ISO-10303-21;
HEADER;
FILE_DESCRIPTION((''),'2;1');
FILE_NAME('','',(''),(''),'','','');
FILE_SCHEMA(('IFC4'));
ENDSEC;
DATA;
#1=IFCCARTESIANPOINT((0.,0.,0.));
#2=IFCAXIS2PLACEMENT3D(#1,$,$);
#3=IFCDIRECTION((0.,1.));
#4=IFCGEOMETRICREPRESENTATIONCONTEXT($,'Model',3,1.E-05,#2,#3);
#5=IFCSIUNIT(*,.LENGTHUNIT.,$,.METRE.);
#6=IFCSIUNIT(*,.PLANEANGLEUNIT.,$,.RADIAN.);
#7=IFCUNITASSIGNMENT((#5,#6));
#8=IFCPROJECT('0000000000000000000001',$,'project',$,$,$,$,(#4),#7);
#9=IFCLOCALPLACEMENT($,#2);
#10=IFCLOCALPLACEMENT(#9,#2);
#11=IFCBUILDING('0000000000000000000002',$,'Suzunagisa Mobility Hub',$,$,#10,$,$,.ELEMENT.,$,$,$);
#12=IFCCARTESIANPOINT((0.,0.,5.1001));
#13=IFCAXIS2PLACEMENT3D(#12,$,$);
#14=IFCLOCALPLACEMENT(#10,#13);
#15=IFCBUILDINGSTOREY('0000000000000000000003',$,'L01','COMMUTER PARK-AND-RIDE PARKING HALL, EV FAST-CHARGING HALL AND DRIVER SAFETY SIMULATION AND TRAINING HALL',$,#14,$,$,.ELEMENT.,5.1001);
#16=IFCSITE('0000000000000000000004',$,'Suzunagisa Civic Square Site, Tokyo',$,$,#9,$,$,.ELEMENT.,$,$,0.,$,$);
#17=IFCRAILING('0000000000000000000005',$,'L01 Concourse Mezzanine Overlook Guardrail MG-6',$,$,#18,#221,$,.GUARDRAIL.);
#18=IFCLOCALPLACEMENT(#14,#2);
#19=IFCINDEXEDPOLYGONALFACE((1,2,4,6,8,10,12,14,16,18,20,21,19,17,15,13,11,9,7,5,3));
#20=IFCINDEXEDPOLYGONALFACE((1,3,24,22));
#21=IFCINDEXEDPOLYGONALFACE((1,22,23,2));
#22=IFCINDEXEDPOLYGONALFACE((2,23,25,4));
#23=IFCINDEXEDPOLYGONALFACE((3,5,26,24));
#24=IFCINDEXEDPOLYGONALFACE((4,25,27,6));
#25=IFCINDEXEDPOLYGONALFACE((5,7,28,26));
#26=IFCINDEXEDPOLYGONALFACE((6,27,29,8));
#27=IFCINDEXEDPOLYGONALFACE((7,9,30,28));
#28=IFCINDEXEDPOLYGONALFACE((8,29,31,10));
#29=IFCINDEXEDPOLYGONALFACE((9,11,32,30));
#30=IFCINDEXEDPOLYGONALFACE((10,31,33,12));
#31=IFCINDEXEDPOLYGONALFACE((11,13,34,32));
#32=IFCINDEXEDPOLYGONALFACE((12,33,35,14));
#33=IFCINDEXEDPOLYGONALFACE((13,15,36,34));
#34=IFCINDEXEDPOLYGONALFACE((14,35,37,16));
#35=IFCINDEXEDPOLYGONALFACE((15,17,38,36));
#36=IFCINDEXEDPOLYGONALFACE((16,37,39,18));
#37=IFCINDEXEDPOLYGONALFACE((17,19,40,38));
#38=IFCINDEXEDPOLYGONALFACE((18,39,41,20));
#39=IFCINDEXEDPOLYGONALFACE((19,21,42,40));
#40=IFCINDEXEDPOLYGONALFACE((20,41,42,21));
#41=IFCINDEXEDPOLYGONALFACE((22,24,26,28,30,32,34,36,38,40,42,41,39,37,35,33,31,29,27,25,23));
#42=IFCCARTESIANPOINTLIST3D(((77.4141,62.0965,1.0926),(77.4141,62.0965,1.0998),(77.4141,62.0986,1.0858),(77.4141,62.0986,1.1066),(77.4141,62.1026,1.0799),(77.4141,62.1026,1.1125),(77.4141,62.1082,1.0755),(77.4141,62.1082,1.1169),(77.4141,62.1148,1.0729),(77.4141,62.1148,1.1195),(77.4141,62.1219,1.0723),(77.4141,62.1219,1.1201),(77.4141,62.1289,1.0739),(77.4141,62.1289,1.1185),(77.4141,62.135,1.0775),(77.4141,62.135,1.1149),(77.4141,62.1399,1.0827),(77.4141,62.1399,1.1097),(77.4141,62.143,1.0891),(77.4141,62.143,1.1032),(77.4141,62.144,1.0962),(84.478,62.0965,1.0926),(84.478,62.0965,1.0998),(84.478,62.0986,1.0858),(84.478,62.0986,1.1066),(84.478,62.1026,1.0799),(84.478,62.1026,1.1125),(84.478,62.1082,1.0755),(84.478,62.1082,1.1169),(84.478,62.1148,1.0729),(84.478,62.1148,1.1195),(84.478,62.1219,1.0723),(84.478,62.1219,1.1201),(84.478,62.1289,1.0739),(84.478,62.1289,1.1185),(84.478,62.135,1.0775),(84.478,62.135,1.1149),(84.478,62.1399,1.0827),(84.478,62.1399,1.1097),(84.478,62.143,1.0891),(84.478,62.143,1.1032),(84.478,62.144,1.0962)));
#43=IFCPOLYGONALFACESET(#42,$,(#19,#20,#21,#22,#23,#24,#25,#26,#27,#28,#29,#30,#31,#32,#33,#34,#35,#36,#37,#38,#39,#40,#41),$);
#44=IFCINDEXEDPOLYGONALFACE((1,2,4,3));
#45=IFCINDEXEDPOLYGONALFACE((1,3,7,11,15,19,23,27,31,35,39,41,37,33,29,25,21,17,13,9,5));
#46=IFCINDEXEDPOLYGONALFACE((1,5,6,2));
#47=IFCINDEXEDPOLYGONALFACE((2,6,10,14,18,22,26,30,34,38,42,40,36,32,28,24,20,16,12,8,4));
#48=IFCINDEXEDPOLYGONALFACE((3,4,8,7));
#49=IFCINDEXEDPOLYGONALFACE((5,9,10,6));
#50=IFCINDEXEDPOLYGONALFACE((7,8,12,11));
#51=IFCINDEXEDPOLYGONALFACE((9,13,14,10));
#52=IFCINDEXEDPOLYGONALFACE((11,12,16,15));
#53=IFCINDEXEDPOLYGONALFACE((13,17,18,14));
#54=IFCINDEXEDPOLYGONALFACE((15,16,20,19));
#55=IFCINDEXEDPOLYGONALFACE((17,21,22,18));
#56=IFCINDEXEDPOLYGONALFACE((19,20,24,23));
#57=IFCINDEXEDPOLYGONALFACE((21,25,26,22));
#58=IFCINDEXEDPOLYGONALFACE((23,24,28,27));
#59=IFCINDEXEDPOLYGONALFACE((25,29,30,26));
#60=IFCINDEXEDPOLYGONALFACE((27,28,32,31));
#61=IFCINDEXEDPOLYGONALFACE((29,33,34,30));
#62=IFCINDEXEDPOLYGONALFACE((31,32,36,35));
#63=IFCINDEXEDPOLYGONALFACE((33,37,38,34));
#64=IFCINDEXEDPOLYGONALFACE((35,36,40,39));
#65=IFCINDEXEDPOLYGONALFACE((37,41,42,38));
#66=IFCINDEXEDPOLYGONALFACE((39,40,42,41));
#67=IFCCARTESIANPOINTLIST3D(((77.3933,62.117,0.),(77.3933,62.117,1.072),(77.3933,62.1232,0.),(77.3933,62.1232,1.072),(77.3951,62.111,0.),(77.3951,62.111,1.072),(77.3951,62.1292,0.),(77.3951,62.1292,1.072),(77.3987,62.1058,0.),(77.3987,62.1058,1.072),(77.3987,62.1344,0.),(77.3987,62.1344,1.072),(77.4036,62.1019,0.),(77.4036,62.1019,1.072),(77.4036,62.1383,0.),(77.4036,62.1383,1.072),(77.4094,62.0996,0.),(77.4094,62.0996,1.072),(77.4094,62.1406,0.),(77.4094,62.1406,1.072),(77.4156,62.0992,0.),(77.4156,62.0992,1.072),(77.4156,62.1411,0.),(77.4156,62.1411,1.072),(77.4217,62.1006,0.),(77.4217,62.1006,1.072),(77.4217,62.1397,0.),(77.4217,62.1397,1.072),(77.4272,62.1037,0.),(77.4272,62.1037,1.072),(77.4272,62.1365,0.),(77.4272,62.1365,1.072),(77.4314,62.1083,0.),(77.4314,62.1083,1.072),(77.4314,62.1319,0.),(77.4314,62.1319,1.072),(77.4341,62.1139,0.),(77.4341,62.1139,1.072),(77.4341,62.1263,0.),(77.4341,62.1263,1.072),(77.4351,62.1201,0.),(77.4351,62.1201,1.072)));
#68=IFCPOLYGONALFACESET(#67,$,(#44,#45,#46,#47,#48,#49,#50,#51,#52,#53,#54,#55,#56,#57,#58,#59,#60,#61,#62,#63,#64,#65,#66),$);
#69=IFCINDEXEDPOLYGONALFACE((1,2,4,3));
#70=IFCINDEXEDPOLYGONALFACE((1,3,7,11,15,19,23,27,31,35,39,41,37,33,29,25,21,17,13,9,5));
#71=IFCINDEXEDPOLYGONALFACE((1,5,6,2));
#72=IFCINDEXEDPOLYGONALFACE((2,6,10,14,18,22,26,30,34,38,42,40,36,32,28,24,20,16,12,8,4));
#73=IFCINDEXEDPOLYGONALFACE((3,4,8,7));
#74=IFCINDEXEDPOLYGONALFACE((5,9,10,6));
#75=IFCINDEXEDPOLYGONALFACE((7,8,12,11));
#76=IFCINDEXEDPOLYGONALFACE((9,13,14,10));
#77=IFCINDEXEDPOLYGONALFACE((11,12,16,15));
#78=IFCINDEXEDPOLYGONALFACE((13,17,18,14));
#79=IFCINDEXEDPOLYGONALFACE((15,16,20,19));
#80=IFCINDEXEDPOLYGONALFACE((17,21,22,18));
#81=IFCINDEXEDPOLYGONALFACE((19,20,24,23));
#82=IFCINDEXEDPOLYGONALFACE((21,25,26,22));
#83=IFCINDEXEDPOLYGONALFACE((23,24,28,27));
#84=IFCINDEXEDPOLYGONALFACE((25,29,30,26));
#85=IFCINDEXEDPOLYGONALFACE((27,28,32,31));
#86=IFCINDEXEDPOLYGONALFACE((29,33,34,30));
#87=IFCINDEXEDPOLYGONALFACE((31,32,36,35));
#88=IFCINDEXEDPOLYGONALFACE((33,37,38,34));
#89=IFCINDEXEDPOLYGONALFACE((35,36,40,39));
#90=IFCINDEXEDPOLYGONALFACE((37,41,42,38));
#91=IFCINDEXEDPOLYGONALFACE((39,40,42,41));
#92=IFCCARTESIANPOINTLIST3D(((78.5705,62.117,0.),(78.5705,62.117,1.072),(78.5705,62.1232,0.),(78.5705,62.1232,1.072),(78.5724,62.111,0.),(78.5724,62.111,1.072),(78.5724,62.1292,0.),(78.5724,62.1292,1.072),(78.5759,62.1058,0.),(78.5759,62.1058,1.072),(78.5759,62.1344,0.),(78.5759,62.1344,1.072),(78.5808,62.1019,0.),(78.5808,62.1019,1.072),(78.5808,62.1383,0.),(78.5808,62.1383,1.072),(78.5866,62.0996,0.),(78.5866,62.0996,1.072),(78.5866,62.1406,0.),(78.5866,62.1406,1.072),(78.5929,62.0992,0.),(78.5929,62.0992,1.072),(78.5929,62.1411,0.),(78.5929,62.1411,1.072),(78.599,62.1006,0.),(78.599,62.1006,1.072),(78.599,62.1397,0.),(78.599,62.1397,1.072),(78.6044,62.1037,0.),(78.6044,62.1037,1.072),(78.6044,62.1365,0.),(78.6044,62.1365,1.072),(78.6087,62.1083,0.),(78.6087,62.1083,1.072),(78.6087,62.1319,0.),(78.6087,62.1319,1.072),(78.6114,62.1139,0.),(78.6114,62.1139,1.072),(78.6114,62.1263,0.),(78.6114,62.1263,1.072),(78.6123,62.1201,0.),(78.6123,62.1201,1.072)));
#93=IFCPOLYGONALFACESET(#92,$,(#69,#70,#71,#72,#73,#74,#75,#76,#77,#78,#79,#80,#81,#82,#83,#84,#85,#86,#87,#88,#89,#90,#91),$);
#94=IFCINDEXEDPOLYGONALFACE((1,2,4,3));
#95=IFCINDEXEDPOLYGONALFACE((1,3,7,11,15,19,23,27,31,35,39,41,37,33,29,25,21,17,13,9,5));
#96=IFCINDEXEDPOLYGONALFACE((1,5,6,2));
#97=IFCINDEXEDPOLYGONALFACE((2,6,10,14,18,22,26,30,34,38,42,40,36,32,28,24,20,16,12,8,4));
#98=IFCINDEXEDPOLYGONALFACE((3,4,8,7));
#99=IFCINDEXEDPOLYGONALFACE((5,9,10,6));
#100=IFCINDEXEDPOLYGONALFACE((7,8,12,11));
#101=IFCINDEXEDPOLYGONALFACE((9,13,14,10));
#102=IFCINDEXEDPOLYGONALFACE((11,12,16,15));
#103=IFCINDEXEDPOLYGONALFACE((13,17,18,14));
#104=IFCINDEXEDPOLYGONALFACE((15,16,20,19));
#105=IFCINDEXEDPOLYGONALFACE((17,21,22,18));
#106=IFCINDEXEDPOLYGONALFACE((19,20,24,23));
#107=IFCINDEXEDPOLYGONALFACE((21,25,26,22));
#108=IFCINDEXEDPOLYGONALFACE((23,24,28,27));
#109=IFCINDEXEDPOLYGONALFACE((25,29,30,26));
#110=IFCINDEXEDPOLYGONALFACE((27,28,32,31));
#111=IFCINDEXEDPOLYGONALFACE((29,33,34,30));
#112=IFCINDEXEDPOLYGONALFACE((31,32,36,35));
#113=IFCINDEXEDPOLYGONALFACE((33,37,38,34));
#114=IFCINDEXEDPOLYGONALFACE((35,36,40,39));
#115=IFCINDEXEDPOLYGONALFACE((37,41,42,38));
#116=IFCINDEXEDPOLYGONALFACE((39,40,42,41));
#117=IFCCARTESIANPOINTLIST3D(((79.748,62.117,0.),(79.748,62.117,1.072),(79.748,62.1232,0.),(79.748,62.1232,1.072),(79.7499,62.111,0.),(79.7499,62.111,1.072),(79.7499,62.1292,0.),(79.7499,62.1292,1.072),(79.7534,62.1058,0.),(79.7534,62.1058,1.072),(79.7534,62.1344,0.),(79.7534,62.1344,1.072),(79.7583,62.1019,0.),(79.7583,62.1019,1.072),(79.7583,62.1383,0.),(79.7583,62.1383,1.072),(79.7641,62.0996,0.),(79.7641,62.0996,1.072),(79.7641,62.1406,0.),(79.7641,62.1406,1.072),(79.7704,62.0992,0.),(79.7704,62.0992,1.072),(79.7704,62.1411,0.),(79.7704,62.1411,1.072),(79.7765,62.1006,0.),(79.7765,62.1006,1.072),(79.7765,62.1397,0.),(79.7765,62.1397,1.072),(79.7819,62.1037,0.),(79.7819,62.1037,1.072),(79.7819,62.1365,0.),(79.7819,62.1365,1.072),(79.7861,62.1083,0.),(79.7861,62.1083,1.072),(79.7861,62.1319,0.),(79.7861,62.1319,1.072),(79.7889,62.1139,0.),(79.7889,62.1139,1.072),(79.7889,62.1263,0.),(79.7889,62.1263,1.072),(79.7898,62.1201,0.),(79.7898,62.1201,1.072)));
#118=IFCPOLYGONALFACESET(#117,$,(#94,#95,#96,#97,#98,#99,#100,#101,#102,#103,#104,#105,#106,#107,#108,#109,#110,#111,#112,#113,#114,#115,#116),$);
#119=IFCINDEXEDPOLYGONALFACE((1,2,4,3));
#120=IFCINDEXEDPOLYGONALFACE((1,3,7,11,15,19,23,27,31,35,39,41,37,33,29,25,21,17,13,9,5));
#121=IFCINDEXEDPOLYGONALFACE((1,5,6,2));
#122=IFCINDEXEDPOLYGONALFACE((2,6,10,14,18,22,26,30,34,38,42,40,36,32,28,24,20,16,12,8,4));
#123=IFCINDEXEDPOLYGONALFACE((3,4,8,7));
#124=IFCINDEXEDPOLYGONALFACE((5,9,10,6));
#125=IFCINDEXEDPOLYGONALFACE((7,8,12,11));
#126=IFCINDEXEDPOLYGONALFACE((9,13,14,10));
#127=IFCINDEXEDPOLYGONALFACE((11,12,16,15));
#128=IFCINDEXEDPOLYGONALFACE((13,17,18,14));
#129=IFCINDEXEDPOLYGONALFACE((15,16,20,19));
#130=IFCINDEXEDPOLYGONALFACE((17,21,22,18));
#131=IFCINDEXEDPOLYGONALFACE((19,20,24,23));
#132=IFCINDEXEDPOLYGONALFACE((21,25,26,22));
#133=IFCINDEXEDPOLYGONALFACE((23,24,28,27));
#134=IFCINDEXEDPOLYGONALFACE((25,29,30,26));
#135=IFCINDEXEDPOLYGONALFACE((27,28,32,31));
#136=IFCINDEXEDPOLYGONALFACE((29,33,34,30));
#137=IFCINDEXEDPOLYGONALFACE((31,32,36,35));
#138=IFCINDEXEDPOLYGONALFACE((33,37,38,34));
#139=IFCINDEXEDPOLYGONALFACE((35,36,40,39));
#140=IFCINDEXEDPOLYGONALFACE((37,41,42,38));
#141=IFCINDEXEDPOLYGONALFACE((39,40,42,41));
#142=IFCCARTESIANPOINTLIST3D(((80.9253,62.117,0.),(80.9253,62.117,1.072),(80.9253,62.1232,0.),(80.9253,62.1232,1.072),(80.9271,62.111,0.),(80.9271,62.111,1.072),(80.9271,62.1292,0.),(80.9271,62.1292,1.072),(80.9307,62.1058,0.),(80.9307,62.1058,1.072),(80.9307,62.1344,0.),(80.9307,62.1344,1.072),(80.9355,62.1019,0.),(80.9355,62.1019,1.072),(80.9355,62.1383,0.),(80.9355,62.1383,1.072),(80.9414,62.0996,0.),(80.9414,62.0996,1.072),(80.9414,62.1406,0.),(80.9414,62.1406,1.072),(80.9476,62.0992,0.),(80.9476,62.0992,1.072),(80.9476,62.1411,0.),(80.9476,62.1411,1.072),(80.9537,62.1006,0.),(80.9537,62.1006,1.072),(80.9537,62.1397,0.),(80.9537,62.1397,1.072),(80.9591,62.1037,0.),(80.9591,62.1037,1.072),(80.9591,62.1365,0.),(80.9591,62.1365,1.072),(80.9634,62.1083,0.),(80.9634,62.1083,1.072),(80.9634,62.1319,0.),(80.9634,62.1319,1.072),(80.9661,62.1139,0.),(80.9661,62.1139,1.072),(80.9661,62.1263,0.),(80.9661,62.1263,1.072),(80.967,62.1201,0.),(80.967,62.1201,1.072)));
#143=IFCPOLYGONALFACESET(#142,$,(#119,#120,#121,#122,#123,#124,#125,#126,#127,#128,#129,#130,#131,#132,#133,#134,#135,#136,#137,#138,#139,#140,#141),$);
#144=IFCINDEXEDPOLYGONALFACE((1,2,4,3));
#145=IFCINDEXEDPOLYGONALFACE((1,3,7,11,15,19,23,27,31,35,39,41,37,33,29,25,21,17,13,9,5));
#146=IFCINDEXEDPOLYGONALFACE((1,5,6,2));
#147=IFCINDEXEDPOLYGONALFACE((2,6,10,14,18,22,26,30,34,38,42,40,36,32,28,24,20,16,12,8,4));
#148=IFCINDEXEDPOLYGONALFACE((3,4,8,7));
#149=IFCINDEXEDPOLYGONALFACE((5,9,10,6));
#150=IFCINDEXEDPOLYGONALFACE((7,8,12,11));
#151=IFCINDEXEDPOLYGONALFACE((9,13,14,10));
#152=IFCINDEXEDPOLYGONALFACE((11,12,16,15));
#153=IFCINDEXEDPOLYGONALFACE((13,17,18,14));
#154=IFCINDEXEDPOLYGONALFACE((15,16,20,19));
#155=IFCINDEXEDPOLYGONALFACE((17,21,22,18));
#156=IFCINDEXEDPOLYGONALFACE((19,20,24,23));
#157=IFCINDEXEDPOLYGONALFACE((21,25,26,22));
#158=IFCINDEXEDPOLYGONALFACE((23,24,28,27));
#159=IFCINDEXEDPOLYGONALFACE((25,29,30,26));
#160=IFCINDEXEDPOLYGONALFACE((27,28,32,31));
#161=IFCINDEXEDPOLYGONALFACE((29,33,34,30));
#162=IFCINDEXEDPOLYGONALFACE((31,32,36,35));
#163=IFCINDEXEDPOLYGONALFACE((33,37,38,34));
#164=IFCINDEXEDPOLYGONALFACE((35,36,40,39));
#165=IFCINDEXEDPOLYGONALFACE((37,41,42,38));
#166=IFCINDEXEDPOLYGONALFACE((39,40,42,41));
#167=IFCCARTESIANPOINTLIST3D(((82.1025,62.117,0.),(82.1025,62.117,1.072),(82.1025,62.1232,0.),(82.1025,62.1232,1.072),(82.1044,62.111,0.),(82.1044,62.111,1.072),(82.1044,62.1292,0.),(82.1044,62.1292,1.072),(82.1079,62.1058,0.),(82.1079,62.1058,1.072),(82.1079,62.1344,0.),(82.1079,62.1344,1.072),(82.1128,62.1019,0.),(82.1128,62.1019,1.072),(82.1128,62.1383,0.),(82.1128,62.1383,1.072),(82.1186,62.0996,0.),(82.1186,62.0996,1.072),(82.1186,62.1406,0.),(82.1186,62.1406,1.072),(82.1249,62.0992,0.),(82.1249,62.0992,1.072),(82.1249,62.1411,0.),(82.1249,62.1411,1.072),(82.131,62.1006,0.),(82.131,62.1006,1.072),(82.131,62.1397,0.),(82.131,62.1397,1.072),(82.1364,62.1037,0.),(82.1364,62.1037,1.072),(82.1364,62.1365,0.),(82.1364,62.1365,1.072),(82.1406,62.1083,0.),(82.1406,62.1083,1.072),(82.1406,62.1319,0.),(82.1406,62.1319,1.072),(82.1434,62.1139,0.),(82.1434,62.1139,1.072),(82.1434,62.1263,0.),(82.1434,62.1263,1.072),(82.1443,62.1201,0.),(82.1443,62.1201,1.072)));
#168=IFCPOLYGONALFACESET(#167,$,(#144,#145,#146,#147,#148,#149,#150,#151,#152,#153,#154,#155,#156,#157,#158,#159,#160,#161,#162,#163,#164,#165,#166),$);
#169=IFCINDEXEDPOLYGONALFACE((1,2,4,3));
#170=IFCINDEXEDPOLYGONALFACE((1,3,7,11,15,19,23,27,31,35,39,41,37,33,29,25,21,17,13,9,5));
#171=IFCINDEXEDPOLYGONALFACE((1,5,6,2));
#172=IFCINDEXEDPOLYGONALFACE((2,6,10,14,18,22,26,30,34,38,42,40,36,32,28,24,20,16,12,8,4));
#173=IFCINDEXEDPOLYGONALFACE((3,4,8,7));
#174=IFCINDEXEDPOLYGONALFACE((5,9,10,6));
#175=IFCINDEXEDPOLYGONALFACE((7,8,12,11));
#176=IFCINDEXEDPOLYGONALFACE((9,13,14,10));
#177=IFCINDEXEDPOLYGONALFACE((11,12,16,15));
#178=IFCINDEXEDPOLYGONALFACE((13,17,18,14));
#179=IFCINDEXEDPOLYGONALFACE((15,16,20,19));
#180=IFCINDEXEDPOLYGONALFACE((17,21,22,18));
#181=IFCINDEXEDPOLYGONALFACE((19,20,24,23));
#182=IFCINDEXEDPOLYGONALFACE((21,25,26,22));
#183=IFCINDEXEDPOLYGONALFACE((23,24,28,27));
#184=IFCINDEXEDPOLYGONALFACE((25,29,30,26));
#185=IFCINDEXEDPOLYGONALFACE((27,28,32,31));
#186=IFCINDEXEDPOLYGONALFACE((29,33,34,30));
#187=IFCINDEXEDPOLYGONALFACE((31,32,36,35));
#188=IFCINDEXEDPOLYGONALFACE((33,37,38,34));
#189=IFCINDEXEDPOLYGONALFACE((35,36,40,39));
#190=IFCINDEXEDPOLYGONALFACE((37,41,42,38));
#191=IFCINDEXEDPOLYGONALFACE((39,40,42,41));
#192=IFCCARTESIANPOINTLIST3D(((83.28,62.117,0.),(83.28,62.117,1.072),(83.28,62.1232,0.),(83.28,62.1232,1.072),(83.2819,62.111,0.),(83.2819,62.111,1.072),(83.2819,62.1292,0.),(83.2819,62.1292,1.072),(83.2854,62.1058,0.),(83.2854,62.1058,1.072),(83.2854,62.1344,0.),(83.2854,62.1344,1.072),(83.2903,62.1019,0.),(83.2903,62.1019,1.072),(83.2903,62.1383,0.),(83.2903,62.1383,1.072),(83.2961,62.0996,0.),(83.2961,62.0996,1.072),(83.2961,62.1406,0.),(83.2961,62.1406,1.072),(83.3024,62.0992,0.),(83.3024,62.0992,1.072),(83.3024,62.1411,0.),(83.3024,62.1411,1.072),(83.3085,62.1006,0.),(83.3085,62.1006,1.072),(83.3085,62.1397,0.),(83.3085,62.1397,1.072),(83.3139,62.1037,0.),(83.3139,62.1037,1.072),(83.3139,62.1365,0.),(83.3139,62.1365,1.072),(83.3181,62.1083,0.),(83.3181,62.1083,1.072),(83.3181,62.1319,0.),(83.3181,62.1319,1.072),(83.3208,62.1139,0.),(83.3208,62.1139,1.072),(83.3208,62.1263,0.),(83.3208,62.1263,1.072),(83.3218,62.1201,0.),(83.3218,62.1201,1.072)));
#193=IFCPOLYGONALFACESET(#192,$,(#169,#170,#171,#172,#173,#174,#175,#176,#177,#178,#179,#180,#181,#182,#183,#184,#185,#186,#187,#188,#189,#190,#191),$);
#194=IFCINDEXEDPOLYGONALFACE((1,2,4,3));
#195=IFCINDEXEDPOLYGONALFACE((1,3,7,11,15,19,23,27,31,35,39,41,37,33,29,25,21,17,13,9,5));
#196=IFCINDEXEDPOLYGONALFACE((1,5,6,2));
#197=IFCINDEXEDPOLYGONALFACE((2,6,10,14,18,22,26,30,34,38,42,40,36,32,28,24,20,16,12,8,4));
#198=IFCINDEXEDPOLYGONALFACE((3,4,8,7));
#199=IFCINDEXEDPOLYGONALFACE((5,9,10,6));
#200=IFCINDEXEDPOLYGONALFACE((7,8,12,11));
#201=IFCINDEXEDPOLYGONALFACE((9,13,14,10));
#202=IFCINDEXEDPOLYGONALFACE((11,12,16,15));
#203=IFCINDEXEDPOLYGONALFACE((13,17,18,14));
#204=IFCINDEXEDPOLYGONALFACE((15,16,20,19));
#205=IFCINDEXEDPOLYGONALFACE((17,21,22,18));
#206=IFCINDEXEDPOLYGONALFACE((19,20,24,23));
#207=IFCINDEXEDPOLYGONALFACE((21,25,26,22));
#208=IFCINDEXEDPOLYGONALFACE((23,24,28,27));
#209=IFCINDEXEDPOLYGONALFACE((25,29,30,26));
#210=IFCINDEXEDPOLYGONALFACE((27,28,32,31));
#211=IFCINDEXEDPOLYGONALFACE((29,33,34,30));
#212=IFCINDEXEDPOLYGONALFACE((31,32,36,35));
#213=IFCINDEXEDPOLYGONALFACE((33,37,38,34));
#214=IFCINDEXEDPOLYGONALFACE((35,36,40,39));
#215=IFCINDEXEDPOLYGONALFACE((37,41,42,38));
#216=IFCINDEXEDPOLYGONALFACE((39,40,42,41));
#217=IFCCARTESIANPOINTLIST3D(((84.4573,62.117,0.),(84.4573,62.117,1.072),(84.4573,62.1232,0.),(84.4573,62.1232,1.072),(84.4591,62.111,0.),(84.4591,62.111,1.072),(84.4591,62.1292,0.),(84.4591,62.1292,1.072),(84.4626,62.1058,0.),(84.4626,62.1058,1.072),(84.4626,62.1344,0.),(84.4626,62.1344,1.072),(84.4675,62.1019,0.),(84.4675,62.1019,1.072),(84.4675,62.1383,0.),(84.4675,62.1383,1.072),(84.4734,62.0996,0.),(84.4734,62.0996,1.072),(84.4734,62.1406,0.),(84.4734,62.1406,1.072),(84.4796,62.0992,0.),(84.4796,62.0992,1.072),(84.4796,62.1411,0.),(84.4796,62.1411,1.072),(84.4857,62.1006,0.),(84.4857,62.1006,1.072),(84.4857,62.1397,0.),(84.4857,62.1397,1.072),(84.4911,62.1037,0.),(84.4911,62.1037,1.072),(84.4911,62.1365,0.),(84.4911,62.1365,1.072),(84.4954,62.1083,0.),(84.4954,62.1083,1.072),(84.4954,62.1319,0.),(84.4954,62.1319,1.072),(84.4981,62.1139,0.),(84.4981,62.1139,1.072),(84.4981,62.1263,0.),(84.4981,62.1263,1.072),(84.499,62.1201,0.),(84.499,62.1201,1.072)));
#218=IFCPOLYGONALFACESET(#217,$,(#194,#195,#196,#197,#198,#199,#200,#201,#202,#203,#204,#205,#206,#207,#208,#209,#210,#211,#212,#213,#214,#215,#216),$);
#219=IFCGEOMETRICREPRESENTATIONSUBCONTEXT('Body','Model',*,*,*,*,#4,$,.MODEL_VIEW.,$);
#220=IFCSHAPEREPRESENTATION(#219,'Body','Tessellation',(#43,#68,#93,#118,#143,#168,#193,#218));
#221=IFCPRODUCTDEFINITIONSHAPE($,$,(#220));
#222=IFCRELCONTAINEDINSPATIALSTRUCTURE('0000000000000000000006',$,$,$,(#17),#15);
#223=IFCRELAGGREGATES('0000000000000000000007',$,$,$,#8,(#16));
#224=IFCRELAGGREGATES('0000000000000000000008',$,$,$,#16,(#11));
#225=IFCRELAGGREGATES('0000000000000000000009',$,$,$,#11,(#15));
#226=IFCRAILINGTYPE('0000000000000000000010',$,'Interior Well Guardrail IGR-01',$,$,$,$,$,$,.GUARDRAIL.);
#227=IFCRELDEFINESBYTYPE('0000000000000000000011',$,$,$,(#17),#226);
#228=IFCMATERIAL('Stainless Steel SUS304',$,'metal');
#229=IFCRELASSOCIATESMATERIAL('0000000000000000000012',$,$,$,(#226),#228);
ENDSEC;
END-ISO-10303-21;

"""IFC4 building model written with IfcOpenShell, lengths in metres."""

from ifc_helpers import new_model, si_unit, direction, frame, origin, origin_2d, place, context, subcontext, project, spatial, circle, extrude, material, type_object, element, save


model = new_model("IFC4")

# Units and contexts
model_context = context("Model", 3, precision=1e-05, world=origin(), true_north=direction((0.0, 1.0)))
body_context = subcontext(model_context, "Body", "Model", "MODEL_VIEW")
ifc_project = project(units=[si_unit("LENGTHUNIT", "METRE"), si_unit("PLANEANGLEUNIT", "RADIAN")], contexts=[model_context])

# Site, building, storey
site_placement = place(None, origin())
site = spatial("IfcSite", under=ifc_project, at=site_placement, Name="Suzunagisa Civic Square Site, Tokyo", CompositionType="ELEMENT", RefElevation=0.0)
building_placement = place(site_placement, origin())
building = spatial("IfcBuilding", under=site, at=building_placement, Name="Suzunagisa Mobility Hub", CompositionType="ELEMENT")
storey_placement = place(building_placement, frame((0.0, 0.0, 5.1001)))
storey = spatial("IfcBuildingStorey", under=building, at=storey_placement, Name="L01", Description="COMMUTER PARK-AND-RIDE PARKING HALL, EV FAST-CHARGING HALL AND DRIVER SAFETY SIMULATION AND TRAINING HALL", CompositionType="ELEMENT", Elevation=5.1001)

# Railing
ifc_material_1 = material(Name="Stainless Steel SUS304", Category="metal")
railing_type_1 = type_object("IfcRailingType", Name="Interior Well Guardrail IGR-01", PredefinedType="GUARDRAIL", material=ifc_material_1)
railing_1_placement = place(storey_placement, frame((77.4141, 62.1201, 0.0)))
element("IfcRailing", 1, at=railing_1_placement, inside=storey, type_object=railing_type_1, Name="L01 Concourse Mezzanine Overlook Guardrail MG-6", PredefinedType="GUARDRAIL", context=body_context, shape_type="SweptSolid", body=[
    extrude(circle(Radius=0.0239, at=origin_2d()), frame((0.0, 0.0, 1.0962), z_axis=(1.0, 0.0, 0.0), x_axis=(0.0, 1.0, 0.0)), (0.0, 0.0, 1.0), 7.064),
    extrude(circle(Radius=0.021, at=origin_2d()), origin(), (0.0, 0.0, 1.0), 1.072),
    extrude(circle(Radius=0.021, at=origin_2d()), frame((1.1772, 0.0, 0.0)), (0.0, 0.0, 1.0), 1.072),
    extrude(circle(Radius=0.021, at=origin_2d()), frame((2.3547, 0.0, 0.0)), (0.0, 0.0, 1.0), 1.072),
    extrude(circle(Radius=0.021, at=origin_2d()), frame((3.532, 0.0, 0.0)), (0.0, 0.0, 1.0), 1.072),
    extrude(circle(Radius=0.021, at=origin_2d()), frame((4.7092, 0.0, 0.0)), (0.0, 0.0, 1.0), 1.072),
    extrude(circle(Radius=0.021, at=origin_2d()), frame((5.8867, 0.0, 0.0)), (0.0, 0.0, 1.0), 1.072),
    extrude(circle(Radius=0.021, at=origin_2d()), frame((7.064, 0.0, 0.0)), (0.0, 0.0, 1.0), 1.072),
])

save(model, "model.ifc")
